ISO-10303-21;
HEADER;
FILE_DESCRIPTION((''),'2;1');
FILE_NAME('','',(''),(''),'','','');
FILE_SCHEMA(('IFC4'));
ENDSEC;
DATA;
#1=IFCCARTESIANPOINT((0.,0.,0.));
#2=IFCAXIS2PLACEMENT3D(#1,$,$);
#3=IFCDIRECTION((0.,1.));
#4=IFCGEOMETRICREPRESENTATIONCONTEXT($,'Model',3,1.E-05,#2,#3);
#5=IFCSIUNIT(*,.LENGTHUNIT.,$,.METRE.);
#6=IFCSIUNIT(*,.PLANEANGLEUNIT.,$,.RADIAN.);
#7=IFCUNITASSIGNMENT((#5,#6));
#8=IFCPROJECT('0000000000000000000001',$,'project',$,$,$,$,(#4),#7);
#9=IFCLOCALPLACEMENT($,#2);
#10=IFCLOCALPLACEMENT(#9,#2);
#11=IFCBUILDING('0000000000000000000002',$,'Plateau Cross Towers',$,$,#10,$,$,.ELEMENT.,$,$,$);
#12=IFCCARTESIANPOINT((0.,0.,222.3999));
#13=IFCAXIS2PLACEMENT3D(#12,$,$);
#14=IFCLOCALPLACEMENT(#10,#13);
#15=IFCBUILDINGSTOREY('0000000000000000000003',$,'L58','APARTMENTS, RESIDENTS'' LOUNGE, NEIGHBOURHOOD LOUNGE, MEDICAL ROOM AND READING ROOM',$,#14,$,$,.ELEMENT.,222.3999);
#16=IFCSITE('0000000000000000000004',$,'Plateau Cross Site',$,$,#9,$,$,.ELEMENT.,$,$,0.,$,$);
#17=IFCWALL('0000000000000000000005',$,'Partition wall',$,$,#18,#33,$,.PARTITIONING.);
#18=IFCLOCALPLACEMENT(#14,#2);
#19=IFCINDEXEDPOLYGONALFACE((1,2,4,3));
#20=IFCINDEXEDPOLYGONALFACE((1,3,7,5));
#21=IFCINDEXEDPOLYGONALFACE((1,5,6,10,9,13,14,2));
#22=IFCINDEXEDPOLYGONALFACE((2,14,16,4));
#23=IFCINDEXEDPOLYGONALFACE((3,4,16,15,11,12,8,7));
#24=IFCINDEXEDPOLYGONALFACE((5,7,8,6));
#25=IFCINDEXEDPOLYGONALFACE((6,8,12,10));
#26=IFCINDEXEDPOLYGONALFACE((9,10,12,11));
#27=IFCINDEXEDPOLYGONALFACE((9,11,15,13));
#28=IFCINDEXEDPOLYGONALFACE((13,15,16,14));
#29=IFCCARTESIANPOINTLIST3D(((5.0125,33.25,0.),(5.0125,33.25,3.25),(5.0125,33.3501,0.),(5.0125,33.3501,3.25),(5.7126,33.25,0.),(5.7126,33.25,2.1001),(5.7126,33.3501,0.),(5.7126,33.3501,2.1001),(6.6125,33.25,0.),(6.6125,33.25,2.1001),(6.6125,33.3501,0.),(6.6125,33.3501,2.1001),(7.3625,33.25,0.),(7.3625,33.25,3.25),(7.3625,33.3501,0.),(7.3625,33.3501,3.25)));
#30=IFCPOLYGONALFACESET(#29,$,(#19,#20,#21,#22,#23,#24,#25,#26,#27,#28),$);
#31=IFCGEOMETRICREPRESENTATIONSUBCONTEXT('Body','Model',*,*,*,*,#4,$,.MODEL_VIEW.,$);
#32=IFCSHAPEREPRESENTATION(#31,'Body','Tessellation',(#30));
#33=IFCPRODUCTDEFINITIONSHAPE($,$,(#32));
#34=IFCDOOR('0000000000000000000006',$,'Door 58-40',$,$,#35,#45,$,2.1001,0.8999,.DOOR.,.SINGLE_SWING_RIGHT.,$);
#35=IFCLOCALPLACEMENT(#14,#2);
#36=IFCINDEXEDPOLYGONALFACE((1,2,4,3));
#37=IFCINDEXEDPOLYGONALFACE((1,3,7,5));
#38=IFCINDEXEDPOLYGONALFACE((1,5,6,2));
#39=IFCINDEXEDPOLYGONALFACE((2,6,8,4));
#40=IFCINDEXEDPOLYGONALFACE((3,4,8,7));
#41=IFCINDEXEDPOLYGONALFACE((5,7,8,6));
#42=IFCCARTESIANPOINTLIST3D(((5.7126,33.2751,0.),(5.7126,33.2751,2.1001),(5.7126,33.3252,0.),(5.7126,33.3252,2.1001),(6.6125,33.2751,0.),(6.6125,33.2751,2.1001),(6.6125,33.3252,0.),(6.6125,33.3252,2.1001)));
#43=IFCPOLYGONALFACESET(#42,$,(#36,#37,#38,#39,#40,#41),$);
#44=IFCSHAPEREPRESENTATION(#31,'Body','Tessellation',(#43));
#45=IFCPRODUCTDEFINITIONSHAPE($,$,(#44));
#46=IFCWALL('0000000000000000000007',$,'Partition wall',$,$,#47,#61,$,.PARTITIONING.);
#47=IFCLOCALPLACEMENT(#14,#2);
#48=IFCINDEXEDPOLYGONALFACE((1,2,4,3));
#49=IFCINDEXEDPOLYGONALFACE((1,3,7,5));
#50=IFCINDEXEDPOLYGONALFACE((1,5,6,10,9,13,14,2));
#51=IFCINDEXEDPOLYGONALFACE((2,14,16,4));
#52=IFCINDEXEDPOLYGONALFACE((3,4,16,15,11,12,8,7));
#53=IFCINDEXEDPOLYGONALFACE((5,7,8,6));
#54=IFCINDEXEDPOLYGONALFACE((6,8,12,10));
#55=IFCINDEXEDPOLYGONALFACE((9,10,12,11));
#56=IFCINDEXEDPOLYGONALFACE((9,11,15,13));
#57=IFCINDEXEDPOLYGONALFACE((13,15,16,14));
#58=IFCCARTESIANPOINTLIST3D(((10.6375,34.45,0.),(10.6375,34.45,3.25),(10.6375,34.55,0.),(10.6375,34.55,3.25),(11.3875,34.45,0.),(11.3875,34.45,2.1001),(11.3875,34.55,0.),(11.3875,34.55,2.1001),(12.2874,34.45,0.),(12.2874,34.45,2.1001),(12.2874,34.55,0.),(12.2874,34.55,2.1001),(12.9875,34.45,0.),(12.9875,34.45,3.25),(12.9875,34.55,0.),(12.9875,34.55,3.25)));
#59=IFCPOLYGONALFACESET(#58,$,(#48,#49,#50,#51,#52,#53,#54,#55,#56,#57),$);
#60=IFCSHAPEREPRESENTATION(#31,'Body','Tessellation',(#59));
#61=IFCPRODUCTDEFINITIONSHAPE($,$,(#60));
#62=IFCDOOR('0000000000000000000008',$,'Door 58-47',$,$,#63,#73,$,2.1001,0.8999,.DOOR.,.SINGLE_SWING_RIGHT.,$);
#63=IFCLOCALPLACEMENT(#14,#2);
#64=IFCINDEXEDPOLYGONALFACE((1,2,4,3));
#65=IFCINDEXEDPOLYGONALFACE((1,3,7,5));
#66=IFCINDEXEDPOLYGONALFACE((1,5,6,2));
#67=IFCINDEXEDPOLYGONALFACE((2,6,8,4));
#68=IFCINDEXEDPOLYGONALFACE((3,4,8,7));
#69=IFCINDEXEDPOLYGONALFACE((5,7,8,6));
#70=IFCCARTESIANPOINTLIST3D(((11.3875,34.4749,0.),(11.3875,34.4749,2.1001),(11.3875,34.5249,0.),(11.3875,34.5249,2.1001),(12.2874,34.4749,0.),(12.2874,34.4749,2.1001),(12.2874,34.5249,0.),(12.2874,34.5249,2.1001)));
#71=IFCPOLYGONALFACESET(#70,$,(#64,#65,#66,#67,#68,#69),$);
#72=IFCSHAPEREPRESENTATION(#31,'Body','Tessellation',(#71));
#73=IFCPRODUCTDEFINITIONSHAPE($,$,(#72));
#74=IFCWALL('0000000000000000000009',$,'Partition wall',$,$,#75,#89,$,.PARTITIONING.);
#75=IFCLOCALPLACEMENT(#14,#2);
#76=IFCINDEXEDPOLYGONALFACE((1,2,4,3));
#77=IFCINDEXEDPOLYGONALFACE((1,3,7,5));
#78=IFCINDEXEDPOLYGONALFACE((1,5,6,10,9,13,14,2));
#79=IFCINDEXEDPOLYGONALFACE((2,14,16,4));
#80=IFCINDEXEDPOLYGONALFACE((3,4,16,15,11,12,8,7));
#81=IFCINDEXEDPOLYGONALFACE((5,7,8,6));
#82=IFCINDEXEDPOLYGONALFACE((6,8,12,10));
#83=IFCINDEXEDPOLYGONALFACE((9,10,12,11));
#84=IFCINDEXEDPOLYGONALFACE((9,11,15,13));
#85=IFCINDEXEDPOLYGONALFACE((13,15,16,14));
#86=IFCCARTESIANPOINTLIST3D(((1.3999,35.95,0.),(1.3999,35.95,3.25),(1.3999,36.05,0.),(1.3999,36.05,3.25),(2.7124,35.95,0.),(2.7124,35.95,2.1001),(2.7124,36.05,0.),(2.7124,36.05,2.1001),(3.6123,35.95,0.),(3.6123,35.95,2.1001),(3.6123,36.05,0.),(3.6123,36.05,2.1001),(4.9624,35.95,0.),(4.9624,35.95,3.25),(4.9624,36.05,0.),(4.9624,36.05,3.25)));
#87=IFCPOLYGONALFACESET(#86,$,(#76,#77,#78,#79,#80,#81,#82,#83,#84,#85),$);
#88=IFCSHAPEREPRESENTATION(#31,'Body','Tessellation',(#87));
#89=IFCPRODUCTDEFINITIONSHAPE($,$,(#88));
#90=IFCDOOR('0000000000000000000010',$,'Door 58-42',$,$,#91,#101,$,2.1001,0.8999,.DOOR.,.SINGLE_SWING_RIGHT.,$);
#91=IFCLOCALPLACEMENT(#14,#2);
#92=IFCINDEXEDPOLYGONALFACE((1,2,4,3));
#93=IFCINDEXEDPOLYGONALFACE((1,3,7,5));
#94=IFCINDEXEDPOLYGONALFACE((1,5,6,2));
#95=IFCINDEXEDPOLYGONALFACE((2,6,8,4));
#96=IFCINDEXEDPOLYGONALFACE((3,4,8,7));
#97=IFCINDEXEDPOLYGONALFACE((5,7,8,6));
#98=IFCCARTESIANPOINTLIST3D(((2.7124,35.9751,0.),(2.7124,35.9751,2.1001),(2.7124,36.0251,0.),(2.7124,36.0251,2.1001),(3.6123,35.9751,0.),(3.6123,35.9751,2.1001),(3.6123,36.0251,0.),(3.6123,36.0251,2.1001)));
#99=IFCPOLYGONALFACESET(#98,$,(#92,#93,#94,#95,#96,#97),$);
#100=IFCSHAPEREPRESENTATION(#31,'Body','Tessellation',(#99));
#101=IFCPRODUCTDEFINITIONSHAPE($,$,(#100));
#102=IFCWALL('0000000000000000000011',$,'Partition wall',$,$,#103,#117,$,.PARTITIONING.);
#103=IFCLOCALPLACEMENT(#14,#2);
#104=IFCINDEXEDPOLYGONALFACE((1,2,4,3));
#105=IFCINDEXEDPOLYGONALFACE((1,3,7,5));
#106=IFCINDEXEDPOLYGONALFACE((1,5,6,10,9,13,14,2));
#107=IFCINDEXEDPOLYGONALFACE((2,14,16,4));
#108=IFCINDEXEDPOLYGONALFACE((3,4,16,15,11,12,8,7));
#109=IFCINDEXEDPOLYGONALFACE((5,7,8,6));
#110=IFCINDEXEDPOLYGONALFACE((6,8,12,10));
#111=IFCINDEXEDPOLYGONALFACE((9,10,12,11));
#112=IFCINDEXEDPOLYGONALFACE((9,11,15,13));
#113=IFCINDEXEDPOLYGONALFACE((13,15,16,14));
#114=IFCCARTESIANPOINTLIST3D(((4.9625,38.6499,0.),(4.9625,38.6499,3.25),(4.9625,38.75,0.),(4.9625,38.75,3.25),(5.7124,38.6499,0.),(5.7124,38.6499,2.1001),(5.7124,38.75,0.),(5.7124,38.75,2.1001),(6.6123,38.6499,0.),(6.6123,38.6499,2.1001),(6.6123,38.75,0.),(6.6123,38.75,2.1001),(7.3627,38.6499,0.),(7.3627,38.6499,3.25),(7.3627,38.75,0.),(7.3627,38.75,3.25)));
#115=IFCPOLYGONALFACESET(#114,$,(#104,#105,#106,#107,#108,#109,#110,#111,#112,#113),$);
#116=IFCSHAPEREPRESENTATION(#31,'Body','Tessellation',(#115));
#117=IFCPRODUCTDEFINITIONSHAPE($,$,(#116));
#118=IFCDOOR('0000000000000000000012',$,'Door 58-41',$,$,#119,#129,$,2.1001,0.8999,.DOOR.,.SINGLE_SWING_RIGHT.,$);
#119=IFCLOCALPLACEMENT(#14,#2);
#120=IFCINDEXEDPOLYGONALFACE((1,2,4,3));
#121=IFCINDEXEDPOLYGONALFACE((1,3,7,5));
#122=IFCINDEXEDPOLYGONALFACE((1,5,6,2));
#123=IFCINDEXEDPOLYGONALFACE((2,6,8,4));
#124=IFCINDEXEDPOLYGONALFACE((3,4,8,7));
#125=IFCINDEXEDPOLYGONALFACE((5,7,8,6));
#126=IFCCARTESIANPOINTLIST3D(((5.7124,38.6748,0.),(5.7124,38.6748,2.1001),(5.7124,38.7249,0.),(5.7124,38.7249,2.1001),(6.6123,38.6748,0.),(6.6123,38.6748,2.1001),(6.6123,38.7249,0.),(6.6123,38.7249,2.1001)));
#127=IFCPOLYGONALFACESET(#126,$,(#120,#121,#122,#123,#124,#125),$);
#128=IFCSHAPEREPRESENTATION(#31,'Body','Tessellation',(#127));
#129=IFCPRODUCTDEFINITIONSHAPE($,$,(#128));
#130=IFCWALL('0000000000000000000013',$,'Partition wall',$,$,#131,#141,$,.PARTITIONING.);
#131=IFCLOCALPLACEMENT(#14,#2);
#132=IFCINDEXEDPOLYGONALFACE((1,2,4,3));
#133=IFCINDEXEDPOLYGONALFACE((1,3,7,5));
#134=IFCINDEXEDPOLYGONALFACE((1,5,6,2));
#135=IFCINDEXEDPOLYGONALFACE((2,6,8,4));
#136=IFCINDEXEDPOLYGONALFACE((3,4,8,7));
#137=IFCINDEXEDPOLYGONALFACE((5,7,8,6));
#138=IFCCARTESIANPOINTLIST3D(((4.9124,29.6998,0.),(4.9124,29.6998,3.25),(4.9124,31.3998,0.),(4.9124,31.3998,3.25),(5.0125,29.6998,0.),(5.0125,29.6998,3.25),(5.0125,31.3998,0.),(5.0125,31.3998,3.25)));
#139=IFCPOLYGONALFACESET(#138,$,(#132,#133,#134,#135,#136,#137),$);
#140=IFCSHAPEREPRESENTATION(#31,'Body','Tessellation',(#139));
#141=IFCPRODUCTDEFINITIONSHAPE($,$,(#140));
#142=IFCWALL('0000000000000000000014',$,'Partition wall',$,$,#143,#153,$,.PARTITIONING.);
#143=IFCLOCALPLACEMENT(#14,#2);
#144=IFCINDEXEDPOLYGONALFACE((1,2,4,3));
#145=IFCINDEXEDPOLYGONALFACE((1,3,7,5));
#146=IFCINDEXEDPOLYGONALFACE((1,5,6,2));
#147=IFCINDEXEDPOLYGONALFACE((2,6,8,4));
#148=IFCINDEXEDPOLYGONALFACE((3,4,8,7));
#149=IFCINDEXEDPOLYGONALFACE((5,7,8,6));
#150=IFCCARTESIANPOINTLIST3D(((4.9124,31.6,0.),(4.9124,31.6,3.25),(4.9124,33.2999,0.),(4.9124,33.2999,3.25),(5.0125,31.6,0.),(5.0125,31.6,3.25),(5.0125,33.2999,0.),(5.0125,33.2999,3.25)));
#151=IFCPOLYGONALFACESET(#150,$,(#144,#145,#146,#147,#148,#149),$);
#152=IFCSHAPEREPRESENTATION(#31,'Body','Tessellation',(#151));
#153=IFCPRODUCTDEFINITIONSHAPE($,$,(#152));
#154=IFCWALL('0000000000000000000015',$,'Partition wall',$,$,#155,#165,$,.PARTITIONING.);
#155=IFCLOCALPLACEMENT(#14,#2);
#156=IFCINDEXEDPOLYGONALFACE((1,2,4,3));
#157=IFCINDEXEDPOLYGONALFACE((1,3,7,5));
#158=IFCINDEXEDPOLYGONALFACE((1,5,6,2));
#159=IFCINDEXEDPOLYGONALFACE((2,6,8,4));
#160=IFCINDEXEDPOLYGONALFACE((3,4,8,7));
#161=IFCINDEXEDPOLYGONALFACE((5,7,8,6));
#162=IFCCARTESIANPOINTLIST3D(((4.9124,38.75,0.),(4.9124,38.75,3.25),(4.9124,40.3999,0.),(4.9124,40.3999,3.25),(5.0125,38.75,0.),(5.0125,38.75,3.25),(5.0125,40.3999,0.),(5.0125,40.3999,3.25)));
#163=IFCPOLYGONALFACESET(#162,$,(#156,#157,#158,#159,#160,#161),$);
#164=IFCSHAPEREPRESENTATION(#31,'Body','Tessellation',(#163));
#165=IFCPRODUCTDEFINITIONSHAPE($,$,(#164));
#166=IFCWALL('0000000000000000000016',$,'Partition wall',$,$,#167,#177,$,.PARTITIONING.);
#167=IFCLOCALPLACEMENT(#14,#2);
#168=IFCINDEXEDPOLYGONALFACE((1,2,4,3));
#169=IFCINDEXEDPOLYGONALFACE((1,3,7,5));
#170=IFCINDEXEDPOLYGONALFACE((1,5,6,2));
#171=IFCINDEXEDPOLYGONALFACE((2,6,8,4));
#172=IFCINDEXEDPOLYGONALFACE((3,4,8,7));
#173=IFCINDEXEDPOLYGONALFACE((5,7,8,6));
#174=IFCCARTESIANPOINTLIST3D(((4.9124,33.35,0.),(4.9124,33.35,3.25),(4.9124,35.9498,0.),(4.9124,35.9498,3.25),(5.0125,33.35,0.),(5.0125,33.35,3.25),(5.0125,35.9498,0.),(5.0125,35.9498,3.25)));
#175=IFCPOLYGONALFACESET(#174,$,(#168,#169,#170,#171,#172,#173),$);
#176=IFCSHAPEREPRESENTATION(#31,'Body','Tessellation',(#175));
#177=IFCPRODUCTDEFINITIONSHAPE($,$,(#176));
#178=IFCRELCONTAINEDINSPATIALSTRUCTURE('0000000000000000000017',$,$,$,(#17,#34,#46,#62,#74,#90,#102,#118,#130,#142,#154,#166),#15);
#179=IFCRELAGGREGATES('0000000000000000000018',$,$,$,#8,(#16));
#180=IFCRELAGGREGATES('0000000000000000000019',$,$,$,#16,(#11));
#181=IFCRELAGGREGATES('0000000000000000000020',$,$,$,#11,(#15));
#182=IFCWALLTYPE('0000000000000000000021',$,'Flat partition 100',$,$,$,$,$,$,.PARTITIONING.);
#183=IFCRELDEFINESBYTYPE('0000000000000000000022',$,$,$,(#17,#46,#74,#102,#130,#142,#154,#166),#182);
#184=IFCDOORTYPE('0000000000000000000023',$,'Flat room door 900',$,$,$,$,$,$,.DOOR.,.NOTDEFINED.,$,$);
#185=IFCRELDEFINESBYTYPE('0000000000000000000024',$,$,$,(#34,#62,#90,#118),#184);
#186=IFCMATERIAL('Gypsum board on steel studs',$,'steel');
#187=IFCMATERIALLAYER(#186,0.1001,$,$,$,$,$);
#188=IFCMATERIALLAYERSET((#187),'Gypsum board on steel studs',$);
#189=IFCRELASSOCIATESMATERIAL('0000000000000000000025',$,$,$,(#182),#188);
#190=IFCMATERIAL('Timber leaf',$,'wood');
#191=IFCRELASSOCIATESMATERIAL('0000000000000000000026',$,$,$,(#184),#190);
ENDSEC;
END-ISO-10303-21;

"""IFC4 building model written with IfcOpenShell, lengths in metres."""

from ifc_helpers import new_model, si_unit, direction, frame, frame_2d, origin, place, context, subcontext, project, spatial, rectangle, extrude, material, layer, layer_set, type_object, element, fill, save


model = new_model("IFC4")

# Units and contexts
model_context = context("Model", 3, precision=1e-05, world=origin(), true_north=direction((0.0, 1.0)))
body_context = subcontext(model_context, "Body", "Model", "MODEL_VIEW")
ifc_project = project(units=[si_unit("LENGTHUNIT", "METRE"), si_unit("PLANEANGLEUNIT", "RADIAN")], contexts=[model_context])

# Site, building, storey
site_placement = place(None, origin())
site = spatial("IfcSite", under=ifc_project, at=site_placement, Name="Plateau Cross Site", CompositionType="ELEMENT", RefElevation=0.0)
building_placement = place(site_placement, origin())
building = spatial("IfcBuilding", under=site, at=building_placement, Name="Plateau Cross Towers", CompositionType="ELEMENT")
storey_placement = place(building_placement, frame((0.0, 0.0, 222.3999)))
storey = spatial("IfcBuildingStorey", under=building, at=storey_placement, Name="L58", Description="APARTMENTS, RESIDENTS' LOUNGE, NEIGHBOURHOOD LOUNGE, MEDICAL ROOM AND READING ROOM", CompositionType="ELEMENT", Elevation=222.3999)

# Walls, openings, doors
ifc_material_1 = material(Name="Gypsum board on steel studs", Category="steel")
ifc_layer_1 = layer(ifc_material_1, 0.1001)
ifc_layer_set_1 = layer_set([ifc_layer_1], Name="Gypsum board on steel studs")
wall_type_1 = type_object("IfcWallType", Name="Flat partition 100", PredefinedType="PARTITIONING", material=ifc_layer_set_1)
ifc_material_2 = material(Name="Timber leaf", Category="wood")
door_type_1 = type_object("IfcDoorType", Name="Flat room door 900", OperationType="NOTDEFINED", PredefinedType="DOOR", material=ifc_material_2)
wall_1_placement = place(storey_placement, frame((7.3625, 33.3, 0.0), z_axis=(0.0, 0.0, 1.0), x_axis=(-1.0, 0.0, 0.0)))
wall_1 = element("IfcWall", 1, at=wall_1_placement, inside=storey, type_object=wall_type_1, Name="Partition wall", PredefinedType="PARTITIONING", context=body_context, shape_type="SweptSolid", body=[
    extrude(rectangle(XDim=2.3501, YDim=0.1001, at=frame_2d((1.175, 0.0))), origin(), (0.0, 0.0, 1.0), 3.25),
])
opening_1_placement = place(wall_1_placement, frame((0.75, 0.0, 0.0)))
opening_1 = element("IfcOpeningElement", 2, at=opening_1_placement, cuts=wall_1, PredefinedType="OPENING", context=body_context, shape_type="SweptSolid", body=[
    extrude(rectangle(XDim=0.8999, YDim=2.1001, at=frame_2d((0.45, 1.05))), frame((0.0, 0.0601, 0.0), z_axis=(0.0, -1.0, 0.0), x_axis=(1.0, 0.0, 0.0)), (0.0, 0.0, 1.0), 0.1201),
])
door_1_placement = place(opening_1_placement, origin())
door_1 = element("IfcDoor", 3, at=door_1_placement, inside=storey, type_object=door_type_1, Name="Door 58-40", OperationType="SINGLE_SWING_RIGHT", OverallHeight=2.1001, OverallWidth=0.8999, PredefinedType="DOOR", context=body_context, shape_type="SweptSolid", body=[
    extrude(rectangle(XDim=0.8999, YDim=2.1001, at=frame_2d((0.45, 1.05))), frame((0.0, 0.0249, 0.0), z_axis=(0.0, -1.0, 0.0), x_axis=(1.0, 0.0, 0.0)), (0.0, 0.0, 1.0), 0.05),
])
fill(opening_1, door_1)
wall_2_placement = place(storey_placement, frame((10.6375, 34.5, 0.0), z_axis=(0.0, 0.0, 1.0), x_axis=(1.0, 0.0, 0.0)))
wall_2 = element("IfcWall", 4, at=wall_2_placement, inside=storey, type_object=wall_type_1, Name="Partition wall", PredefinedType="PARTITIONING", context=body_context, shape_type="SweptSolid", body=[
    extrude(rectangle(XDim=2.3501, YDim=0.1001, at=frame_2d((1.175, 0.0))), origin(), (0.0, 0.0, 1.0), 3.25),
])
opening_2_placement = place(wall_2_placement, frame((0.75, 0.0, 0.0)))
opening_2 = element("IfcOpeningElement", 5, at=opening_2_placement, cuts=wall_2, PredefinedType="OPENING", context=body_context, shape_type="SweptSolid", body=[
    extrude(rectangle(XDim=0.8999, YDim=2.1001, at=frame_2d((0.45, 1.05))), frame((0.0, 0.0601, 0.0), z_axis=(0.0, -1.0, 0.0), x_axis=(1.0, 0.0, 0.0)), (0.0, 0.0, 1.0), 0.1201),
])
door_2_placement = place(opening_2_placement, origin())
door_2 = element("IfcDoor", 6, at=door_2_placement, inside=storey, type_object=door_type_1, Name="Door 58-47", OperationType="SINGLE_SWING_RIGHT", OverallHeight=2.1001, OverallWidth=0.8999, PredefinedType="DOOR", context=body_context, shape_type="SweptSolid", body=[
    extrude(rectangle(XDim=0.8999, YDim=2.1001, at=frame_2d((0.45, 1.05))), frame((0.0, 0.0249, 0.0), z_axis=(0.0, -1.0, 0.0), x_axis=(1.0, 0.0, 0.0)), (0.0, 0.0, 1.0), 0.05),
])
fill(opening_2, door_2)
wall_3_placement = place(storey_placement, frame((4.9624, 36.0, 0.0), z_axis=(0.0, 0.0, 1.0), x_axis=(-1.0, 0.0, 0.0)))
wall_3 = element("IfcWall", 7, at=wall_3_placement, inside=storey, type_object=wall_type_1, Name="Partition wall", PredefinedType="PARTITIONING", context=body_context, shape_type="SweptSolid", body=[
    extrude(rectangle(XDim=3.5625, YDim=0.1001, at=frame_2d((1.7812, 0.0))), origin(), (0.0, 0.0, 1.0), 3.25),
])
opening_3_placement = place(wall_3_placement, frame((1.3501, 0.0, 0.0)))
opening_3 = element("IfcOpeningElement", 8, at=opening_3_placement, cuts=wall_3, PredefinedType="OPENING", context=body_context, shape_type="SweptSolid", body=[
    extrude(rectangle(XDim=0.8999, YDim=2.1001, at=frame_2d((0.45, 1.05))), frame((0.0, 0.0601, 0.0), z_axis=(0.0, -1.0, 0.0), x_axis=(1.0, 0.0, 0.0)), (0.0, 0.0, 1.0), 0.1201),
])
door_3_placement = place(opening_3_placement, origin())
door_3 = element("IfcDoor", 9, at=door_3_placement, inside=storey, type_object=door_type_1, Name="Door 58-42", OperationType="SINGLE_SWING_RIGHT", OverallHeight=2.1001, OverallWidth=0.8999, PredefinedType="DOOR", context=body_context, shape_type="SweptSolid", body=[
    extrude(rectangle(XDim=0.8999, YDim=2.1001, at=frame_2d((0.45, 1.05))), frame((0.0, 0.0249, 0.0), z_axis=(0.0, -1.0, 0.0), x_axis=(1.0, 0.0, 0.0)), (0.0, 0.0, 1.0), 0.05),
])
fill(opening_3, door_3)
wall_4_placement = place(storey_placement, frame((4.9624, 38.7, 0.0), z_axis=(0.0, 0.0, 1.0), x_axis=(1.0, 0.0, 0.0)))
wall_4 = element("IfcWall", 10, at=wall_4_placement, inside=storey, type_object=wall_type_1, Name="Partition wall", PredefinedType="PARTITIONING", context=body_context, shape_type="SweptSolid", body=[
    extrude(rectangle(XDim=2.4001, YDim=0.1001, at=frame_2d((1.2002, 0.0))), origin(), (0.0, 0.0, 1.0), 3.25),
])
opening_4_placement = place(wall_4_placement, frame((0.75, 0.0, 0.0)))
opening_4 = element("IfcOpeningElement", 11, at=opening_4_placement, cuts=wall_4, PredefinedType="OPENING", context=body_context, shape_type="SweptSolid", body=[
    extrude(rectangle(XDim=0.8999, YDim=2.1001, at=frame_2d((0.45, 1.05))), frame((0.0, 0.0601, 0.0), z_axis=(0.0, -1.0, 0.0), x_axis=(1.0, 0.0, 0.0)), (0.0, 0.0, 1.0), 0.1201),
])
door_4_placement = place(opening_4_placement, origin())
door_4 = element("IfcDoor", 12, at=door_4_placement, inside=storey, type_object=door_type_1, Name="Door 58-41", OperationType="SINGLE_SWING_RIGHT", OverallHeight=2.1001, OverallWidth=0.8999, PredefinedType="DOOR", context=body_context, shape_type="SweptSolid", body=[
    extrude(rectangle(XDim=0.8999, YDim=2.1001, at=frame_2d((0.45, 1.05))), frame((0.0, 0.0249, 0.0), z_axis=(0.0, -1.0, 0.0), x_axis=(1.0, 0.0, 0.0)), (0.0, 0.0, 1.0), 0.05),
])
fill(opening_4, door_4)

# Walls
for number, where, z_axis, x_axis, name in (
    (13, (4.9624, 31.3999, 0.0), (0.0, 0.0, 1.0), (0.0, -1.0, 0.0), "Partition wall"),
    (14, (4.9624, 33.3, 0.0), (0.0, 0.0, 1.0), (0.0, -1.0, 0.0), "Partition wall"),
):
    element("IfcWall", number, at=place(storey_placement, frame(where, z_axis=z_axis, x_axis=x_axis)), inside=storey, type_object=wall_type_1, Name=name, PredefinedType="PARTITIONING", context=body_context, shape_type="SweptSolid", body=[
        extrude(rectangle(XDim=1.7, YDim=0.1001, at=frame_2d((0.8501, 0.0))), origin(), (0.0, 0.0, 1.0), 3.25),
    ])
wall_5_placement = place(storey_placement, frame((4.9624, 40.3999, 0.0), z_axis=(0.0, 0.0, 1.0), x_axis=(0.0, -1.0, 0.0)))
element("IfcWall", 15, at=wall_5_placement, inside=storey, type_object=wall_type_1, Name="Partition wall", PredefinedType="PARTITIONING", context=body_context, shape_type="SweptSolid", body=[
    extrude(rectangle(XDim=1.6499, YDim=0.1001, at=frame_2d((0.825, 0.0))), origin(), (0.0, 0.0, 1.0), 3.25),
])
wall_6_placement = place(storey_placement, frame((4.9624, 33.3501, 0.0), z_axis=(0.0, 0.0, 1.0), x_axis=(0.0, 1.0, 0.0)))
element("IfcWall", 16, at=wall_6_placement, inside=storey, type_object=wall_type_1, Name="Partition wall", PredefinedType="PARTITIONING", context=body_context, shape_type="SweptSolid", body=[
    extrude(rectangle(XDim=2.5999, YDim=0.1001, at=frame_2d((1.2998, 0.0))), origin(), (0.0, 0.0, 1.0), 3.25),
])

save(model, "model.ifc")
